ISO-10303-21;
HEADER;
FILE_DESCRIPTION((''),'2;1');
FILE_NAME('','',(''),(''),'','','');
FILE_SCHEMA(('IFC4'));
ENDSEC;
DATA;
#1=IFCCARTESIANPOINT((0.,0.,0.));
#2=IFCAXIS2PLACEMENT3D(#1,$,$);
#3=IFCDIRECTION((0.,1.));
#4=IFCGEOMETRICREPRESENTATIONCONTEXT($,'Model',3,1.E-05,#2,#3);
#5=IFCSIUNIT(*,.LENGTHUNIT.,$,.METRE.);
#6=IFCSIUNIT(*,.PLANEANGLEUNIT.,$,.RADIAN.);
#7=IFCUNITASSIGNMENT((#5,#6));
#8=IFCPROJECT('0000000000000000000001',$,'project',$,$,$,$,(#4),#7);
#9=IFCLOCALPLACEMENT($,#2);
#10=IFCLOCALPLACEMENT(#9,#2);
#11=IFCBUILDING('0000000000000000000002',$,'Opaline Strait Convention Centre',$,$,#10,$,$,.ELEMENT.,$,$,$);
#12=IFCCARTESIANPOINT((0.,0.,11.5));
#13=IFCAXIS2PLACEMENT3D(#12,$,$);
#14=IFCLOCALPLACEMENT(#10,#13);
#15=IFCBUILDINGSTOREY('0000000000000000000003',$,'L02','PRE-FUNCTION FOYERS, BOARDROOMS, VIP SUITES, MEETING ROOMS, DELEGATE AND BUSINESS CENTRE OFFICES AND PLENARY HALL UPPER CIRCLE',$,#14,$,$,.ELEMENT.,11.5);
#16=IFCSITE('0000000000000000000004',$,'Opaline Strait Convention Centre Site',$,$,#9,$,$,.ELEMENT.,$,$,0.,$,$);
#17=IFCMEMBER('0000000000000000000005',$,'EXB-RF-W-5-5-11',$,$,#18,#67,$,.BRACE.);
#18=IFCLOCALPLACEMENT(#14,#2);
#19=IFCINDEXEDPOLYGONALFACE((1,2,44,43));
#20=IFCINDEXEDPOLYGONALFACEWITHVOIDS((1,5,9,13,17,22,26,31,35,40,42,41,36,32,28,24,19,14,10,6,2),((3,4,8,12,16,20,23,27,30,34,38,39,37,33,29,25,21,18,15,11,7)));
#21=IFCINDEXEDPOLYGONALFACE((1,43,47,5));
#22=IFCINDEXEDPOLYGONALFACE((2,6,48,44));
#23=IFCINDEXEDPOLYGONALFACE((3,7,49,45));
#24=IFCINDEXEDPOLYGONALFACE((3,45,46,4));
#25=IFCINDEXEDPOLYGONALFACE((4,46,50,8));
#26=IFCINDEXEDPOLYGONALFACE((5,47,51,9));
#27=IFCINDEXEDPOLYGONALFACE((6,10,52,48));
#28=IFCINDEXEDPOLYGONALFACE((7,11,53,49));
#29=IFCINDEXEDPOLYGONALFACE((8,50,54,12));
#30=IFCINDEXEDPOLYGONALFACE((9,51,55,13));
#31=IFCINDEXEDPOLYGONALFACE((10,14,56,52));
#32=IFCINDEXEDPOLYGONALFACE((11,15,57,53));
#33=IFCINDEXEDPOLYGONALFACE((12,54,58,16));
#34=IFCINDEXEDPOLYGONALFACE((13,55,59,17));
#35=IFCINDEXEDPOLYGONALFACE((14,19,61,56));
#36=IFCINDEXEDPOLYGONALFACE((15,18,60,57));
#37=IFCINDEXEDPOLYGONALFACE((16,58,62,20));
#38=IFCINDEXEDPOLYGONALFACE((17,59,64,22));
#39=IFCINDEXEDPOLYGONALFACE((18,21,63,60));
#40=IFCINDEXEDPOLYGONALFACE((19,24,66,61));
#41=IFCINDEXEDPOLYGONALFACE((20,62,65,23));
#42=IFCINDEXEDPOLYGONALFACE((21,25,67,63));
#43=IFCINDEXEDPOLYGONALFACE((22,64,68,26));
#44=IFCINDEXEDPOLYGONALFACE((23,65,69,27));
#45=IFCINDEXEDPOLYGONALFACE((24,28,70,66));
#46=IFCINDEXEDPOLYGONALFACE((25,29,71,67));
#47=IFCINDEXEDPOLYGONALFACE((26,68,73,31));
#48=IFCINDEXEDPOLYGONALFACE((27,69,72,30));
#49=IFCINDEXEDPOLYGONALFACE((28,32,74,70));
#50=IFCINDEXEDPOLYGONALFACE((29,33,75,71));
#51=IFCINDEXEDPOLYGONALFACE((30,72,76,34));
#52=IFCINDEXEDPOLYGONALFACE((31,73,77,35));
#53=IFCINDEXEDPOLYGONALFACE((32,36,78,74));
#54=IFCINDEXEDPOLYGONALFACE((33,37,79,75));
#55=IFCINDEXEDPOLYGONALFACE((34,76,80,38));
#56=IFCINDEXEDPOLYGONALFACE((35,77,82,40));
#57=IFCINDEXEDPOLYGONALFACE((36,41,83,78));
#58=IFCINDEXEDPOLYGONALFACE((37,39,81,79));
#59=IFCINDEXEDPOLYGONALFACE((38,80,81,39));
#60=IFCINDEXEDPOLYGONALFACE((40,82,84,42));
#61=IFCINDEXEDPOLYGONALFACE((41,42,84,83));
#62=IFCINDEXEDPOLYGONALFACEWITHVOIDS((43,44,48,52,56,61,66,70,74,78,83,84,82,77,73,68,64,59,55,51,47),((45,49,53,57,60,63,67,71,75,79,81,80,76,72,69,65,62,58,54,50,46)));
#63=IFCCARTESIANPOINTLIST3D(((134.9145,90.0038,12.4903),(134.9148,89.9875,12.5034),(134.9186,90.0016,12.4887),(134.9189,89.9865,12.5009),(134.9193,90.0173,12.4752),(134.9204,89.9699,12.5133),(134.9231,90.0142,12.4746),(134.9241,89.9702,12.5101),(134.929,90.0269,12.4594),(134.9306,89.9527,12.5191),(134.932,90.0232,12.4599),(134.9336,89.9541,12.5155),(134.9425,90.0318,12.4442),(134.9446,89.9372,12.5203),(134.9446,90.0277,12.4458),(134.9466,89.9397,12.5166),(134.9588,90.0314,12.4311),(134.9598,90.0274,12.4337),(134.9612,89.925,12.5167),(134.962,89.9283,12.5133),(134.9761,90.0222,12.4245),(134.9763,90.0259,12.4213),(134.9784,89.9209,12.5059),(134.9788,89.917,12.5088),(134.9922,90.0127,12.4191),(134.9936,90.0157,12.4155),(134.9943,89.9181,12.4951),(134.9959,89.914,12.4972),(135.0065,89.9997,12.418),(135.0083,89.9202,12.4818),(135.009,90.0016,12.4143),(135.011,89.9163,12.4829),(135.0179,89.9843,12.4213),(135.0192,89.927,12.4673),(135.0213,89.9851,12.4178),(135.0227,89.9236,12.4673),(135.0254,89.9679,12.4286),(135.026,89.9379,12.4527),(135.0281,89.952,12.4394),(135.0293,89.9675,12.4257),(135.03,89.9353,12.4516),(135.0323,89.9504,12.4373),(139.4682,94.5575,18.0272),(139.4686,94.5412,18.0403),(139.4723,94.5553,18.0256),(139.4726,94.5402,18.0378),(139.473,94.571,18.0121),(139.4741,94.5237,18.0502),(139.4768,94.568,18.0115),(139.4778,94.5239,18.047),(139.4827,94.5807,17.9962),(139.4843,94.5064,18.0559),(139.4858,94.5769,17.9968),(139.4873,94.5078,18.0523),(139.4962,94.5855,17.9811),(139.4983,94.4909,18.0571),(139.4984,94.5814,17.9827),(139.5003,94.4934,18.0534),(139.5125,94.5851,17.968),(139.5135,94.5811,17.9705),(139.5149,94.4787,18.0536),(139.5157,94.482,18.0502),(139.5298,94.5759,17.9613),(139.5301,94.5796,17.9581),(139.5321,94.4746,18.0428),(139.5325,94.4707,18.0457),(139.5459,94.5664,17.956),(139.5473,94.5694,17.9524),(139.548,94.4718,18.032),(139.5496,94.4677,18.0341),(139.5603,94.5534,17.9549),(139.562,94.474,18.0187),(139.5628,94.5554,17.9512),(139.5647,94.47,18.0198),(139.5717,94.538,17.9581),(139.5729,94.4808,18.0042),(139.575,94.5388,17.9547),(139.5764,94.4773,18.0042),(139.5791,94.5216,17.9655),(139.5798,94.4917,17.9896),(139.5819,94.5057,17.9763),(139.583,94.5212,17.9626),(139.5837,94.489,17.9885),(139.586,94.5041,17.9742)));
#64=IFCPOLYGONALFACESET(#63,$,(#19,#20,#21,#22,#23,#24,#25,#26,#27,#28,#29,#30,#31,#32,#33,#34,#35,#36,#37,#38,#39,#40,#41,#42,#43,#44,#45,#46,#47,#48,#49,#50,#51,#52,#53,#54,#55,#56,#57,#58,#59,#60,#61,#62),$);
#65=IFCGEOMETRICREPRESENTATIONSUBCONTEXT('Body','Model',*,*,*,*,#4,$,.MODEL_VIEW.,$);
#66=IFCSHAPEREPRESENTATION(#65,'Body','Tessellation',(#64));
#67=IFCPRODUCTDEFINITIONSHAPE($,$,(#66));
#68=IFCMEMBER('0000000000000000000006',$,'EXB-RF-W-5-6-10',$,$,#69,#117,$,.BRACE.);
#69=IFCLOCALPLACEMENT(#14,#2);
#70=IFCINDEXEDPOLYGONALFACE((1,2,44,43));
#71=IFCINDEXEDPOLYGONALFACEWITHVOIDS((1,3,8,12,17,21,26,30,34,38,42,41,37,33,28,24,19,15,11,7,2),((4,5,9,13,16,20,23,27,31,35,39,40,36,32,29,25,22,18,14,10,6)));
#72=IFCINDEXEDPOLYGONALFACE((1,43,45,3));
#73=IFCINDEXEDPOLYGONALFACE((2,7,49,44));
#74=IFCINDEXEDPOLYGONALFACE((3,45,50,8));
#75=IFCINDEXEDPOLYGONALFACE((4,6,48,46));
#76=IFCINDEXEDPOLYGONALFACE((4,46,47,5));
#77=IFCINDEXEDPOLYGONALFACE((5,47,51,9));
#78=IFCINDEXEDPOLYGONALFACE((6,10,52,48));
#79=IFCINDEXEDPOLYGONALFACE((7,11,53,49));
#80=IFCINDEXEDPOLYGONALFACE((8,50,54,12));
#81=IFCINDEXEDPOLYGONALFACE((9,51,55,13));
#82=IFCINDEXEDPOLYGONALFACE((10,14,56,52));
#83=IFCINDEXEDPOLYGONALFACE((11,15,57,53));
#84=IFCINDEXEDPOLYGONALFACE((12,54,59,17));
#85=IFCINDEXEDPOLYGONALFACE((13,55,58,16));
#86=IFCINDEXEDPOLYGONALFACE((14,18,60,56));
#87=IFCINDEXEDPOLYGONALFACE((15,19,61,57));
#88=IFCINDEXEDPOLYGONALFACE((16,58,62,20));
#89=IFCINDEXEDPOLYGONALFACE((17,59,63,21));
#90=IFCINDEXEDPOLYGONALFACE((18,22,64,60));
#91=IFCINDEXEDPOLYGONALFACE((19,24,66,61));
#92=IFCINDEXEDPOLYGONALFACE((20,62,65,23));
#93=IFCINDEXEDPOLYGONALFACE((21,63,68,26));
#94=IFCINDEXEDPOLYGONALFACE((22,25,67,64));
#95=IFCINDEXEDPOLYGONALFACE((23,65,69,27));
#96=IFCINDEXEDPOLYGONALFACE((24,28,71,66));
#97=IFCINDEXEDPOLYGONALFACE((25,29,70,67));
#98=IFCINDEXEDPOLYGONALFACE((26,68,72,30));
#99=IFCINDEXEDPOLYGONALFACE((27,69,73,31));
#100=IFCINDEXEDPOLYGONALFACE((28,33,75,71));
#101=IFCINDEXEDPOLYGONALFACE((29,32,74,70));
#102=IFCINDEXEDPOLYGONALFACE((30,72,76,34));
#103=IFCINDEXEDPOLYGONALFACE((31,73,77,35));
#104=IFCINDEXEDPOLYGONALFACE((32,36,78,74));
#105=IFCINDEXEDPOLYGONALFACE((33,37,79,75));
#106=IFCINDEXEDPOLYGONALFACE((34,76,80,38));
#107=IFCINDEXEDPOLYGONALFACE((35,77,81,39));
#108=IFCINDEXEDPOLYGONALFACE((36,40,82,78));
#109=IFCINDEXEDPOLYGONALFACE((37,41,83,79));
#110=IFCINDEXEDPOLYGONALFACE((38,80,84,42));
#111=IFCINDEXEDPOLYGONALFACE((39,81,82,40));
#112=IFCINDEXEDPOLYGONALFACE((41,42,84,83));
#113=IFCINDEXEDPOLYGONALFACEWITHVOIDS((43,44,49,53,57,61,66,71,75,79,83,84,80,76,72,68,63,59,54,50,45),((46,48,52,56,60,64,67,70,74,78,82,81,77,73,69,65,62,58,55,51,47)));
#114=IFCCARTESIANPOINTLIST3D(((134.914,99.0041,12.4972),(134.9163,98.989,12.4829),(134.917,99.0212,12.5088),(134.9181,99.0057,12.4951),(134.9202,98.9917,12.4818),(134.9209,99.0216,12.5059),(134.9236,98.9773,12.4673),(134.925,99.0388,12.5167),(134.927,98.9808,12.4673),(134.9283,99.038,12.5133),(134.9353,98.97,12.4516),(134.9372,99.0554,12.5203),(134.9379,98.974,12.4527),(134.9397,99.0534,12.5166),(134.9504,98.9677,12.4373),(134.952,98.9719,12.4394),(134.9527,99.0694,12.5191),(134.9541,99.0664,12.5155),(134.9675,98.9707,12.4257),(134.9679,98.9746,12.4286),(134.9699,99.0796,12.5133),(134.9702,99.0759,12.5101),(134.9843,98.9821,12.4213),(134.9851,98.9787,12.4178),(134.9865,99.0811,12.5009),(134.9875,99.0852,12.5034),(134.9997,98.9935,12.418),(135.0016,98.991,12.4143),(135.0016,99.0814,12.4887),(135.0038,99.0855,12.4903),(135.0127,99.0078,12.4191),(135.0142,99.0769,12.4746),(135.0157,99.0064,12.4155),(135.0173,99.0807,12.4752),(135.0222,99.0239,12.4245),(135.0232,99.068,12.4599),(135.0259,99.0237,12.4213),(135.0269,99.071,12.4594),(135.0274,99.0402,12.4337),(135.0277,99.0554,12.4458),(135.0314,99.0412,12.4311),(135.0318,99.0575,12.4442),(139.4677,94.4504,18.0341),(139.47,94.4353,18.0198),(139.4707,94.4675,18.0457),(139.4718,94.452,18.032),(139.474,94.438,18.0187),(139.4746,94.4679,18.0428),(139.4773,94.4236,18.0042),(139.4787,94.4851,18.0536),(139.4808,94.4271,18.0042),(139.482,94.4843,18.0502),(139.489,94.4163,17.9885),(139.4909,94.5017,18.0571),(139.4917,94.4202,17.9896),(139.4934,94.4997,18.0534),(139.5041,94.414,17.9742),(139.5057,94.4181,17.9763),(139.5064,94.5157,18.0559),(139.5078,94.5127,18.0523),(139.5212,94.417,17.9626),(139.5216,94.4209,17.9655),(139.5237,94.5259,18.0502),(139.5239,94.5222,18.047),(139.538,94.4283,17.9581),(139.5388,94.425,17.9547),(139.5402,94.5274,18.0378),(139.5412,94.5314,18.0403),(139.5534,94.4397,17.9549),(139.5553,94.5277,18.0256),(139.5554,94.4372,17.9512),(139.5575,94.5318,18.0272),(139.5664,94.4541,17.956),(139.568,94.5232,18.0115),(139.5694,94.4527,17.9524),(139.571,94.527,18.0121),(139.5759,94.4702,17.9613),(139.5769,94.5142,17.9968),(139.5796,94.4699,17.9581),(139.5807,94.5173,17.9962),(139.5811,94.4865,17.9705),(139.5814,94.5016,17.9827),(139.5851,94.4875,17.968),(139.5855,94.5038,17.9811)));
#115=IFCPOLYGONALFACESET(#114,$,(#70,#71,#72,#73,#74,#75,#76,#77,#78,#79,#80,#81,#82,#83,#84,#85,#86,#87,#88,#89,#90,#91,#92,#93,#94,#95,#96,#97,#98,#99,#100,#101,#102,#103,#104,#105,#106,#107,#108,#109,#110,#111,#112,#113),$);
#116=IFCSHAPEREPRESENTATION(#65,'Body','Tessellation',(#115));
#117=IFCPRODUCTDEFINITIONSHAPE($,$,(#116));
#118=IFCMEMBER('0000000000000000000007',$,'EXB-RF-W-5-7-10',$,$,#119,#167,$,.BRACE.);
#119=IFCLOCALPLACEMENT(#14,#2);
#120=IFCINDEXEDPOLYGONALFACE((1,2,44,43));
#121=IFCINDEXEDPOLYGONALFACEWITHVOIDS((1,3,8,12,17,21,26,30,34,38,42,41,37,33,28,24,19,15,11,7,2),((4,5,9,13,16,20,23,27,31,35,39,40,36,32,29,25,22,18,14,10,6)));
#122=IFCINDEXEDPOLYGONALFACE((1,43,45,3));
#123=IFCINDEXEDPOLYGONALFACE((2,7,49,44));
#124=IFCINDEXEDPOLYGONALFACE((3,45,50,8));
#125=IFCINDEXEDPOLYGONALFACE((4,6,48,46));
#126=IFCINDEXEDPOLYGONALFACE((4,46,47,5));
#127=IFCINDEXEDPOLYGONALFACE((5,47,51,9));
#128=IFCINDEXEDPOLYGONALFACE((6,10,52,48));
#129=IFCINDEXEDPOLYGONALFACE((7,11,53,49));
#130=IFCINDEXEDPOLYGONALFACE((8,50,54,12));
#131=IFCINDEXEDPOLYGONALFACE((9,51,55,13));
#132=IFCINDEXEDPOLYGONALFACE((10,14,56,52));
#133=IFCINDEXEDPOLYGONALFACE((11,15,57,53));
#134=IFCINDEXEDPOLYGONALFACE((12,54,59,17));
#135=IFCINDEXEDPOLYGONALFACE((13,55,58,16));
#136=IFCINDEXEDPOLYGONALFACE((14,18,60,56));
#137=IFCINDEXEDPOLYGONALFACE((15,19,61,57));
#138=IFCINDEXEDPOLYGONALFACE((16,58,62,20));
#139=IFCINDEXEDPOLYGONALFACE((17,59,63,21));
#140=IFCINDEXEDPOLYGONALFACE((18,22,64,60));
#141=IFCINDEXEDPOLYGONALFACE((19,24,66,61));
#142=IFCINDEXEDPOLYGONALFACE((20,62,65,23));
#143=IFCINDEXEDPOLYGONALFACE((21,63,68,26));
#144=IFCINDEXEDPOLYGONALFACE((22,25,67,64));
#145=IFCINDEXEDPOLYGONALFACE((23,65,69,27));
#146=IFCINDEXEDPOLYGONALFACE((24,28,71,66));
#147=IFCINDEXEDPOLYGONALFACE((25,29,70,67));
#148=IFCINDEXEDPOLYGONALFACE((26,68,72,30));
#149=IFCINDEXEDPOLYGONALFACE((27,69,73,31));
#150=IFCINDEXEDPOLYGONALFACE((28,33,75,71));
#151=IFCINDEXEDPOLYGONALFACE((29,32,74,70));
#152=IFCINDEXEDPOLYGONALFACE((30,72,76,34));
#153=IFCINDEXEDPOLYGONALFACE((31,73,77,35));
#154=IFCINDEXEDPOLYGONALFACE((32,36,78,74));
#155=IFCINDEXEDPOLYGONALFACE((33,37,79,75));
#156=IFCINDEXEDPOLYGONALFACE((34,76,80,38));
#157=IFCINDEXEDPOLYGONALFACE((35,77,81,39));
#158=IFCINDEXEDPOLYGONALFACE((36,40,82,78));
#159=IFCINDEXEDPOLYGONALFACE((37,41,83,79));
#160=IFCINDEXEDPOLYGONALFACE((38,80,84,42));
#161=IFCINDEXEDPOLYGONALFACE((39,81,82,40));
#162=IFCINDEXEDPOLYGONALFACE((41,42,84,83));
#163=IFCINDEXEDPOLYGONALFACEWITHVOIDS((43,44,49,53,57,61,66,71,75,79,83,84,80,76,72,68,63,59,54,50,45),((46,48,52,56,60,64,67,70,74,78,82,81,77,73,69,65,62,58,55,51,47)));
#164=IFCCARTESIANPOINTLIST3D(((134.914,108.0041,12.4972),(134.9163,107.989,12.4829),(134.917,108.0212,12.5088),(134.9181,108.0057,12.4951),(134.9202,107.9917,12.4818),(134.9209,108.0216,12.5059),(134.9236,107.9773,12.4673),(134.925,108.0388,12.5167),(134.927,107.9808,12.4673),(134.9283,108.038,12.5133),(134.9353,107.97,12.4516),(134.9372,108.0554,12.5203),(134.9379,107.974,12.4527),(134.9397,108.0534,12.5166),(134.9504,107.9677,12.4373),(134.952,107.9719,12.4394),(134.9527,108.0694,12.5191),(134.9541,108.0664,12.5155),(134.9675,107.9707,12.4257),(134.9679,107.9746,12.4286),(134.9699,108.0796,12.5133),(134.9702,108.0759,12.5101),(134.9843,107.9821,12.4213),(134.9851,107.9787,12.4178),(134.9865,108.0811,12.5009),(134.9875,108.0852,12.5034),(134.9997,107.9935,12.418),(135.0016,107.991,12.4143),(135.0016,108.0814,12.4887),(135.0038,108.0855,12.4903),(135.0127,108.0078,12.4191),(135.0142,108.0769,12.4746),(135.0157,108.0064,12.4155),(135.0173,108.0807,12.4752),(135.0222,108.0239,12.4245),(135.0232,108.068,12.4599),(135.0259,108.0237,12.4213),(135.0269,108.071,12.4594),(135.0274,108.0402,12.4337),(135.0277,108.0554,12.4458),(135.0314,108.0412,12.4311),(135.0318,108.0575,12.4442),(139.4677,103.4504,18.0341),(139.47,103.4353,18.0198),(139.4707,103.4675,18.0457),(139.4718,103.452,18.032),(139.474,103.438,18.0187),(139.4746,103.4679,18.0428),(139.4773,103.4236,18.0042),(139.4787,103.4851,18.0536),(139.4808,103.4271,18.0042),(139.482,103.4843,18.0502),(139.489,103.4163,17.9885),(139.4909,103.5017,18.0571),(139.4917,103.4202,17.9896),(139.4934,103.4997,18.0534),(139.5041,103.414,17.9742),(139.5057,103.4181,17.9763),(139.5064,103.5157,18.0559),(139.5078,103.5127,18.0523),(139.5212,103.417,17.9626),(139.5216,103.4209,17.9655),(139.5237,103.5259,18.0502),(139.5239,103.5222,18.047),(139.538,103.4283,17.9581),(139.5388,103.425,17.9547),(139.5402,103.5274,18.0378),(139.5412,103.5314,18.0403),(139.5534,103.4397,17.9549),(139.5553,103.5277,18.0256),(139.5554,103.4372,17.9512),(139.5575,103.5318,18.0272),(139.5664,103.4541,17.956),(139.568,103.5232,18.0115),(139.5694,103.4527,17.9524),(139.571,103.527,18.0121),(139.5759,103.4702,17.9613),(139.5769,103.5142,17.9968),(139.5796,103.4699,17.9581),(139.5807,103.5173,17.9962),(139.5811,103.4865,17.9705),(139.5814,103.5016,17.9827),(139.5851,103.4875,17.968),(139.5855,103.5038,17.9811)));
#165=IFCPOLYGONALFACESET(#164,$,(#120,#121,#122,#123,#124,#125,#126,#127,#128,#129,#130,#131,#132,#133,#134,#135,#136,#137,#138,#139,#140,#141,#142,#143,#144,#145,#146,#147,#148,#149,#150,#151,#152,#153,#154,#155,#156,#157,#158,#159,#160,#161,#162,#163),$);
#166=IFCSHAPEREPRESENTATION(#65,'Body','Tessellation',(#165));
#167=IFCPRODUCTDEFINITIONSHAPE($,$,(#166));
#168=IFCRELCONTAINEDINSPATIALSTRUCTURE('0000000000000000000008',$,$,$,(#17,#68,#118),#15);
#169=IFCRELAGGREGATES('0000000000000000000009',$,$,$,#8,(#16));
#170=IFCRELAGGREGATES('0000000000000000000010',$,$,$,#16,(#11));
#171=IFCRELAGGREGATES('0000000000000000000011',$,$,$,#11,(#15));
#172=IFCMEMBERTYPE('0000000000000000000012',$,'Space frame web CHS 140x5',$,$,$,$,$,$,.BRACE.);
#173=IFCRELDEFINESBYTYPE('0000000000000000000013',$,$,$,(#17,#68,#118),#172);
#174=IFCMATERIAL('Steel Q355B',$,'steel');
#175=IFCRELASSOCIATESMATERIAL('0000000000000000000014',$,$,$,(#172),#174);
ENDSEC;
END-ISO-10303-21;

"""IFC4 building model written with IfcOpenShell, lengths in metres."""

from ifc_helpers import new_model, si_unit, direction, frame, origin, origin_2d, place, context, subcontext, project, spatial, hollow_circle, extrude, material, material_profile, profile_set, type_object, element, save


model = new_model("IFC4")

# Units and contexts
model_context = context("Model", 3, precision=1e-05, world=origin(), true_north=direction((0.0, 1.0)))
body_context = subcontext(model_context, "Body", "Model", "MODEL_VIEW")
ifc_project = project(units=[si_unit("LENGTHUNIT", "METRE"), si_unit("PLANEANGLEUNIT", "RADIAN")], contexts=[model_context])

# Site, building, storey
site_placement = place(None, origin())
site = spatial("IfcSite", under=ifc_project, at=site_placement, Name="Opaline Strait Convention Centre Site", CompositionType="ELEMENT", RefElevation=0.0)
building_placement = place(site_placement, origin())
building = spatial("IfcBuilding", under=site, at=building_placement, Name="Opaline Strait Convention Centre", CompositionType="ELEMENT")
storey_placement = place(building_placement, frame((0.0, 0.0, 11.5)))
storey = spatial("IfcBuildingStorey", under=building, at=storey_placement, Name="L02", Description="PRE-FUNCTION FOYERS, BOARDROOMS, VIP SUITES, MEETING ROOMS, DELEGATE AND BUSINESS CENTRE OFFICES AND PLENARY HALL UPPER CIRCLE", CompositionType="ELEMENT", Elevation=11.5)

# Members
ifc_material = material(Name="Steel Q355B", Category="steel")
ifc_material_profile_1 = material_profile(ifc_material, hollow_circle(Radius=0.0701, WallThickness=0.0049, at=origin_2d()), Name="CHS 140x5")
ifc_profile_set_1 = profile_set([ifc_material_profile_1], Name="Steel Q355B")
member_type_1 = type_object("IfcMemberType", Name="Space frame web CHS 140x5", PredefinedType="BRACE", material=ifc_profile_set_1)
for number, where, z_axis, x_axis, name in (
    (1, (139.5269, 94.5269, 18.0042), (-0.536178, -0.536178, -0.65194), (0.707107, -0.707107, 0.0), "EXB-RF-W-5-5-11"),
    (2, (139.5269, 94.4731, 18.0042), (-0.536178, 0.536178, -0.65194), (-0.707107, -0.707107, 0.0), "EXB-RF-W-5-6-10"),
    (3, (139.5269, 103.4731, 18.0042), (-0.536178, 0.536178, -0.65194), (-0.707107, -0.707107, 0.0), "EXB-RF-W-5-7-10"),
):
    element("IfcMember", number, at=place(storey_placement, frame(where, z_axis=z_axis, x_axis=x_axis)), inside=storey, type_object=member_type_1, Name=name, PredefinedType="BRACE", context=body_context, shape_type="SweptSolid", body=[
        extrude(hollow_circle(Radius=0.0701, WallThickness=0.0049, at=origin_2d()), origin(), (0.0, 0.0, 1.0), 8.4929),
    ])

save(model, "model.ifc")
